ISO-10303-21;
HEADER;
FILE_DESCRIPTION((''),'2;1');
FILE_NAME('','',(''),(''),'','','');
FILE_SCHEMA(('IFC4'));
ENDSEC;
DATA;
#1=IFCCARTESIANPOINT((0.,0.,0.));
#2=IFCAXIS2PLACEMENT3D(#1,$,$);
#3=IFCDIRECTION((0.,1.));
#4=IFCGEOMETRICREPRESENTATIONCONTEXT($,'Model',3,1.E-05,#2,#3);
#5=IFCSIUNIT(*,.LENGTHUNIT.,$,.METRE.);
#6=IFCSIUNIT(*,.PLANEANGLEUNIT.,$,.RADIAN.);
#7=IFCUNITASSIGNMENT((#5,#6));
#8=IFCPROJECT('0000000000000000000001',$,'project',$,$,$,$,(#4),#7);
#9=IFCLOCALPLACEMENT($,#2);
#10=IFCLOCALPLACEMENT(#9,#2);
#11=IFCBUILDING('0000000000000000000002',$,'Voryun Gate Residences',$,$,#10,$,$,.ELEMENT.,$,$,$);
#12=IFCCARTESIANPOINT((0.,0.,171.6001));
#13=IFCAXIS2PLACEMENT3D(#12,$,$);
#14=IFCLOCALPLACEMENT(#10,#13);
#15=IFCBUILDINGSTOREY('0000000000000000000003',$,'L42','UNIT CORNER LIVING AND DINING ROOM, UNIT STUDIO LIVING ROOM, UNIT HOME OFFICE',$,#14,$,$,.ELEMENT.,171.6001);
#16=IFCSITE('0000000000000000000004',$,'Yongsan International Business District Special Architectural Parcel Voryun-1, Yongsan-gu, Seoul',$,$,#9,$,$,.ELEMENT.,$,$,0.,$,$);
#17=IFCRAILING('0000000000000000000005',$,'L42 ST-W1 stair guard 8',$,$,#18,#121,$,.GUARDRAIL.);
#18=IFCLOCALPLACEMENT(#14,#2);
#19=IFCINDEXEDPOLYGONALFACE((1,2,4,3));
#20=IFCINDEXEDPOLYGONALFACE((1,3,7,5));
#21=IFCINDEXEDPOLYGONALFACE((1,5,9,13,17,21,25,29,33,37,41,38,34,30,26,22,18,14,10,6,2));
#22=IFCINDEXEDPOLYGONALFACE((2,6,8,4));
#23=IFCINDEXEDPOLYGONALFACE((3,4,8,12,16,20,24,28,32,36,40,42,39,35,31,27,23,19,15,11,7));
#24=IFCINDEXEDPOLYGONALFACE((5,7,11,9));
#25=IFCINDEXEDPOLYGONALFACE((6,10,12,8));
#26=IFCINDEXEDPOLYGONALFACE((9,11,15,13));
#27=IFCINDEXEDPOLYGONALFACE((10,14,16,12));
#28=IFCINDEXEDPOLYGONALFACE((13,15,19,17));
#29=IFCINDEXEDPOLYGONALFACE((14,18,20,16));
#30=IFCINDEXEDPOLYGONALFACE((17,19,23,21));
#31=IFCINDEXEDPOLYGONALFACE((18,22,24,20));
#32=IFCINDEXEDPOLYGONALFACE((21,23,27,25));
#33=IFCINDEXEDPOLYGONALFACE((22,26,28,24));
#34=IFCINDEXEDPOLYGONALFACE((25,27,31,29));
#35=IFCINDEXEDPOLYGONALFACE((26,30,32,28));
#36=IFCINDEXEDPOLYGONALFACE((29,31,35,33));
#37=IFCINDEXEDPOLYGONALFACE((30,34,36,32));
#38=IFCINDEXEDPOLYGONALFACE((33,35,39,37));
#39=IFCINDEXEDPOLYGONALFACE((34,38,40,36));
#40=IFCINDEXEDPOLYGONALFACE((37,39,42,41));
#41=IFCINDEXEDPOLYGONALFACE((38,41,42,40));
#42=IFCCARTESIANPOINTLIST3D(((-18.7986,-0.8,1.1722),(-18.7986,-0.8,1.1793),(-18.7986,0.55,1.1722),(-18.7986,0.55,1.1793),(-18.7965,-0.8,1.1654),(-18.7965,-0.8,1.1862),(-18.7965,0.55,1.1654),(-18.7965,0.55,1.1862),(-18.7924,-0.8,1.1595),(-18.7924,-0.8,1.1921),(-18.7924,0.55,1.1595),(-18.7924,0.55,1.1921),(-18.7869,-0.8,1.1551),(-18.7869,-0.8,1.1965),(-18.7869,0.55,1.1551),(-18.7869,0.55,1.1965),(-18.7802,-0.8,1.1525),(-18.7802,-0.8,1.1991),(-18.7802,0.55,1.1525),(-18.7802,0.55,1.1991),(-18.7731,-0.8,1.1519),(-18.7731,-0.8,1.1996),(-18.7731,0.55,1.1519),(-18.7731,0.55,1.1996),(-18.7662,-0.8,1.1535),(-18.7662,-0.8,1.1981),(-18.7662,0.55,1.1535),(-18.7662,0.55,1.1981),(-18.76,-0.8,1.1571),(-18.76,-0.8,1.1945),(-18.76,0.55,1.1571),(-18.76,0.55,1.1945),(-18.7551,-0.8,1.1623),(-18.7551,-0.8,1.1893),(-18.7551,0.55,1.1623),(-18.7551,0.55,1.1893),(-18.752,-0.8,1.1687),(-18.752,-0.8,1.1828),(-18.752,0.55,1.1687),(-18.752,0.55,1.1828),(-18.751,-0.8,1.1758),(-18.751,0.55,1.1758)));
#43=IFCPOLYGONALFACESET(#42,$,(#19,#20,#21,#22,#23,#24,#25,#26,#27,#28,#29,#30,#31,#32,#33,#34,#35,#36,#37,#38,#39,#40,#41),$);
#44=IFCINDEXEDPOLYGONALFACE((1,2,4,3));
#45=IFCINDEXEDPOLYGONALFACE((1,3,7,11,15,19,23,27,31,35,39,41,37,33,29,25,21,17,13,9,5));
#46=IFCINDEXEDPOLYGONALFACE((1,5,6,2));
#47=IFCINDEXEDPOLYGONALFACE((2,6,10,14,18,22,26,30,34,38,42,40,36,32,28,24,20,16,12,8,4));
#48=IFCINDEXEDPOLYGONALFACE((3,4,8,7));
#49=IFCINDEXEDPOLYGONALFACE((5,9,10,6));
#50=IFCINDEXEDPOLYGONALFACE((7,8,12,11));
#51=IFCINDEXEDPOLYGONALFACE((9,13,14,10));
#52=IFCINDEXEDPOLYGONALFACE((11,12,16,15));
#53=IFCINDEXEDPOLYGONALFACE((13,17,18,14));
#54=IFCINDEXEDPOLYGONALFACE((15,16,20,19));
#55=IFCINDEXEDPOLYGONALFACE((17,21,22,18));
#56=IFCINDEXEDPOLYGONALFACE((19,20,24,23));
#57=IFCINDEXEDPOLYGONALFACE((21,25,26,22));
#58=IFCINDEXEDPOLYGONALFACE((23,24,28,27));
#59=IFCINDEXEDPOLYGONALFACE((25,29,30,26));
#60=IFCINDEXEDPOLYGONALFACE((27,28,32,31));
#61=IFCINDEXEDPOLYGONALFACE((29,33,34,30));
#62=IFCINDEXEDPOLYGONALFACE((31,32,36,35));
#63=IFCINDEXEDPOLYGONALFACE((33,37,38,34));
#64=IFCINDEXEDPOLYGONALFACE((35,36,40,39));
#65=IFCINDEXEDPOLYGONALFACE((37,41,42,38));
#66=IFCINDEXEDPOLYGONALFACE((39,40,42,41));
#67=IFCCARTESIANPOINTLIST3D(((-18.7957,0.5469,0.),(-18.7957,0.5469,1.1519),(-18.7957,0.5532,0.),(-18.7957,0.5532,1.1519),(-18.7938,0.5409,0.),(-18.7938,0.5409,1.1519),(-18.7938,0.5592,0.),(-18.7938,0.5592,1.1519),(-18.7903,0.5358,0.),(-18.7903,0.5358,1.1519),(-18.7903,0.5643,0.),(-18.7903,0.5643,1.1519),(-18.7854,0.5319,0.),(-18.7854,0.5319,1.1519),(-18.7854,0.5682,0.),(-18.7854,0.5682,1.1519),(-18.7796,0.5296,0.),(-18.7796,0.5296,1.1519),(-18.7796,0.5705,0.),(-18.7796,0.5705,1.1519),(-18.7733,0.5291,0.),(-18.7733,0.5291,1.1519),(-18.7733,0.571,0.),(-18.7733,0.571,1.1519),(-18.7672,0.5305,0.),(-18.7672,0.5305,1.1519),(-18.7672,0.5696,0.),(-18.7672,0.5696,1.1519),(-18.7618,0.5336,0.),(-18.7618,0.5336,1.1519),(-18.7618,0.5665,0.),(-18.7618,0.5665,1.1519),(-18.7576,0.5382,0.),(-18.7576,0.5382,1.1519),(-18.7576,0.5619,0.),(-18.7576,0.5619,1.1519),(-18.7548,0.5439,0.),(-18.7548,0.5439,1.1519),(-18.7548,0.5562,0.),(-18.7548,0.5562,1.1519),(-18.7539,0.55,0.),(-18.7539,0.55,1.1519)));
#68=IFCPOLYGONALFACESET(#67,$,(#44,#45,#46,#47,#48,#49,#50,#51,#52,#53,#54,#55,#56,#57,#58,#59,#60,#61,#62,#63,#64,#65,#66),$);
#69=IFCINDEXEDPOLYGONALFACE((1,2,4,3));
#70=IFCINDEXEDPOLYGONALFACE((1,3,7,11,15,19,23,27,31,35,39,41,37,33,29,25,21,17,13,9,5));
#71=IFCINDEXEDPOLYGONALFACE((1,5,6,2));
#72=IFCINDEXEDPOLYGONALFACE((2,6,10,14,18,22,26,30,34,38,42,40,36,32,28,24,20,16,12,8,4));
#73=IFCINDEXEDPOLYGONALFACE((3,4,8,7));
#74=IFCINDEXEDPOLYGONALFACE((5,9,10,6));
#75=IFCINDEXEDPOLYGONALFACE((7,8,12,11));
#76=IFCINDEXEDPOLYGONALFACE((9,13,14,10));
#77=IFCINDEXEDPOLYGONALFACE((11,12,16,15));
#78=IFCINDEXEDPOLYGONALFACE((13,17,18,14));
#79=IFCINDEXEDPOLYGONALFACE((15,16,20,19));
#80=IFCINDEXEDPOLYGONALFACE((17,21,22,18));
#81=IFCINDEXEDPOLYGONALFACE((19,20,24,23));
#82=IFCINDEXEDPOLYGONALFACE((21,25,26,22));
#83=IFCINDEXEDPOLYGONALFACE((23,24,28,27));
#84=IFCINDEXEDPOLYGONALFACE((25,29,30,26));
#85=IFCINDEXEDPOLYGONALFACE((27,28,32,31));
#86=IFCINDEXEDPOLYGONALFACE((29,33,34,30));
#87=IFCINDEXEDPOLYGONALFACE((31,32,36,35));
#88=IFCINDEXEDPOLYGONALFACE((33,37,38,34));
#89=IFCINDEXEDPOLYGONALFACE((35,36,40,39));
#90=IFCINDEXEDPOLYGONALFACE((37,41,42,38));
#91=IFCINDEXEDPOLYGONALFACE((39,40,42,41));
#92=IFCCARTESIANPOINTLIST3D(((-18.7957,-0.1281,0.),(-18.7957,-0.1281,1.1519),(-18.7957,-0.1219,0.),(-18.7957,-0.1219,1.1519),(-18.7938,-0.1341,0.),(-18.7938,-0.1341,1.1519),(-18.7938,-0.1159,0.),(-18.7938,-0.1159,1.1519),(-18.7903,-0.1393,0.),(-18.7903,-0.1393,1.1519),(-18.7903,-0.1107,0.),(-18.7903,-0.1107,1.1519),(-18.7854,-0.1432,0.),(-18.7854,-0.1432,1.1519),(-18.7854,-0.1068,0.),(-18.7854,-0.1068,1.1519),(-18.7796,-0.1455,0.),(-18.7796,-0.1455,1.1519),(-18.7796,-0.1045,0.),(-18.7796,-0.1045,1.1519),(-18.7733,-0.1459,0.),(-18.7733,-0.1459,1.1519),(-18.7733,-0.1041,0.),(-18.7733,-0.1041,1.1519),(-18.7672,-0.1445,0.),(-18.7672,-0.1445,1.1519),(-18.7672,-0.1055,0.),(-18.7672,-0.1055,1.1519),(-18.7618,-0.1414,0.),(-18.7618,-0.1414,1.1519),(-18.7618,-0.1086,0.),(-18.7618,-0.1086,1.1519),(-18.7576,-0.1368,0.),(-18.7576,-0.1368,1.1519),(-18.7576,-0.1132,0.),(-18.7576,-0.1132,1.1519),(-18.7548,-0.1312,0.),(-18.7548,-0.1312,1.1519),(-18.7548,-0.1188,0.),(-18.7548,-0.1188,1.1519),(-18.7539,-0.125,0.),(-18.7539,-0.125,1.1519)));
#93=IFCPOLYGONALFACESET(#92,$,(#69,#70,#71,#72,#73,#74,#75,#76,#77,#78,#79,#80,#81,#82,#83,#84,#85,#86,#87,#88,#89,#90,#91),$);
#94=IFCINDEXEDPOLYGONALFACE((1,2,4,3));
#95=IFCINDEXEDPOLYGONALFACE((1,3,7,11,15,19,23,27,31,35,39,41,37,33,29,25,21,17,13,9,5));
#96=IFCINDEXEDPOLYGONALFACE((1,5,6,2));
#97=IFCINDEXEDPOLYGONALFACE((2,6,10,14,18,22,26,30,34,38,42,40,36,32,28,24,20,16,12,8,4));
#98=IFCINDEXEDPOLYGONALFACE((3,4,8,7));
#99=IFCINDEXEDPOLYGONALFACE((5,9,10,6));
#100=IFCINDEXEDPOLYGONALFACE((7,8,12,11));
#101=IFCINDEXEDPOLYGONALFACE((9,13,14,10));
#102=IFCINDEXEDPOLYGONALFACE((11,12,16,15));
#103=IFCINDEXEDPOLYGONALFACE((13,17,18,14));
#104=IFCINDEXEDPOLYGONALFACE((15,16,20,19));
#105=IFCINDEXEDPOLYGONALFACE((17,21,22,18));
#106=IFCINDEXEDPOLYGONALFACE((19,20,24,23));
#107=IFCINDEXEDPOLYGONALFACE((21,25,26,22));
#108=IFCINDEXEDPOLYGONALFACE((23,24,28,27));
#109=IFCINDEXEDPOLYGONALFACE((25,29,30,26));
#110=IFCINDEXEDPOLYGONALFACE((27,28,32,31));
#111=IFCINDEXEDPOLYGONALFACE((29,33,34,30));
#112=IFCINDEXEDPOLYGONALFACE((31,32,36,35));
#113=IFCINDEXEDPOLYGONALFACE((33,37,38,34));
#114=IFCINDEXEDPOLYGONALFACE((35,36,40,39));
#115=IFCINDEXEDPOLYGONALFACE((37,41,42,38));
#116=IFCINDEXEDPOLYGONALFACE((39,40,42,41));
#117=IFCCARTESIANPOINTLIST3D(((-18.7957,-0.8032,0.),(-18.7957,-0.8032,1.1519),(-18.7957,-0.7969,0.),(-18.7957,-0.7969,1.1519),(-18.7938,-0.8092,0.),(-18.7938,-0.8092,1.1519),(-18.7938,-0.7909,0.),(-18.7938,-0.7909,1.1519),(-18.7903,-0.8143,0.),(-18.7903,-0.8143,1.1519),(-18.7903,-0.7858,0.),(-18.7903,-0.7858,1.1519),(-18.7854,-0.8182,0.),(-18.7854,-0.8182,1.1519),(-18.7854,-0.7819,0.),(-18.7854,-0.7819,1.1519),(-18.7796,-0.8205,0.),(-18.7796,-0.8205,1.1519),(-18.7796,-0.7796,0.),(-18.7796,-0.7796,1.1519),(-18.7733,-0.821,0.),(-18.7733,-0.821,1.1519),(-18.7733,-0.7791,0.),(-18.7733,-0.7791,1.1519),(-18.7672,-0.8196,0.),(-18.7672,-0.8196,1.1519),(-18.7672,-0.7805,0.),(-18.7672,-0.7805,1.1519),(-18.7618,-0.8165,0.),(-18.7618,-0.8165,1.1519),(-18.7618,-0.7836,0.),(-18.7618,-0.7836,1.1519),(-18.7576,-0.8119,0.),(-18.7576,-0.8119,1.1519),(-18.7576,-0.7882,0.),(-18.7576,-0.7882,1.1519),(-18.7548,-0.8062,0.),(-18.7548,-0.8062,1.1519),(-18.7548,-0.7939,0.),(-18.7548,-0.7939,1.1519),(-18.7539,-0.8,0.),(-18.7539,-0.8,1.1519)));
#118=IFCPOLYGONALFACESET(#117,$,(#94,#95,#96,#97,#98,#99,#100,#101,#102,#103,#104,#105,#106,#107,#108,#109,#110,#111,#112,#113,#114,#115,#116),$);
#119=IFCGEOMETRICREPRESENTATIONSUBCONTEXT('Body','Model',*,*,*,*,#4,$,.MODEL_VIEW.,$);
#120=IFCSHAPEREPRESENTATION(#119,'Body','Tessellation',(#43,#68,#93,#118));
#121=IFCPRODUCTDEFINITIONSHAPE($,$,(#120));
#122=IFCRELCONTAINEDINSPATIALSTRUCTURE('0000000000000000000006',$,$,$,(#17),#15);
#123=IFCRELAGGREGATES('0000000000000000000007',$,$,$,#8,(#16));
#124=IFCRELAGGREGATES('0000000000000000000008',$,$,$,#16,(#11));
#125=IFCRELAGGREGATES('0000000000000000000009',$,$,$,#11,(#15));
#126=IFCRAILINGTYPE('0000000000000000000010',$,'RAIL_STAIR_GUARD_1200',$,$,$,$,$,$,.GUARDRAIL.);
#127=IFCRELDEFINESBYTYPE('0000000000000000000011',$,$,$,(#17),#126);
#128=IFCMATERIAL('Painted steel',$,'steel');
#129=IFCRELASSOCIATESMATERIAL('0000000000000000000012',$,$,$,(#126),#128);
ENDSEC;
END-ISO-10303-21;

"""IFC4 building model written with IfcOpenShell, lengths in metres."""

from ifc_helpers import new_model, si_unit, direction, frame, origin, origin_2d, place, context, subcontext, project, spatial, circle, extrude, material, type_object, element, save


model = new_model("IFC4")

# Units and contexts
model_context = context("Model", 3, precision=1e-05, world=origin(), true_north=direction((0.0, 1.0)))
body_context = subcontext(model_context, "Body", "Model", "MODEL_VIEW")
ifc_project = project(units=[si_unit("LENGTHUNIT", "METRE"), si_unit("PLANEANGLEUNIT", "RADIAN")], contexts=[model_context])

# Site, building, storey
site_placement = place(None, origin())
site = spatial("IfcSite", under=ifc_project, at=site_placement, Name="Yongsan International Business District Special Architectural Parcel Voryun-1, Yongsan-gu, Seoul", CompositionType="ELEMENT", RefElevation=0.0)
building_placement = place(site_placement, origin())
building = spatial("IfcBuilding", under=site, at=building_placement, Name="Voryun Gate Residences", CompositionType="ELEMENT")
storey_placement = place(building_placement, frame((0.0, 0.0, 171.6001)))
storey = spatial("IfcBuildingStorey", under=building, at=storey_placement, Name="L42", Description="UNIT CORNER LIVING AND DINING ROOM, UNIT STUDIO LIVING ROOM, UNIT HOME OFFICE", CompositionType="ELEMENT", Elevation=171.6001)

# Railing
ifc_material_1 = material(Name="Painted steel", Category="steel")
railing_type = type_object("IfcRailingType", Name="RAIL_STAIR_GUARD_1200", PredefinedType="GUARDRAIL", material=ifc_material_1)
railing_1_placement = place(storey_placement, frame((-18.7749, 0.55, 0.0)))
element("IfcRailing", 1, at=railing_1_placement, inside=storey, type_object=railing_type, Name="L42 ST-W1 stair guard 8", PredefinedType="GUARDRAIL", context=body_context, shape_type="SweptSolid", body=[
    extrude(circle(Radius=0.0239, at=origin_2d()), frame((0.0, 0.0, 1.1758), z_axis=(0.0, -1.0, 0.0), x_axis=(1.0, 0.0, 0.0)), (0.0, 0.0, 1.0), 1.3501),
    extrude(circle(Radius=0.021, at=origin_2d()), origin(), (0.0, 0.0, 1.0), 1.1519),
    extrude(circle(Radius=0.021, at=origin_2d()), frame((0.0, -0.675, 0.0)), (0.0, 0.0, 1.0), 1.1519),
    extrude(circle(Radius=0.021, at=origin_2d()), frame((0.0, -1.3501, 0.0)), (0.0, 0.0, 1.0), 1.1519),
])

save(model, "model.ifc")
